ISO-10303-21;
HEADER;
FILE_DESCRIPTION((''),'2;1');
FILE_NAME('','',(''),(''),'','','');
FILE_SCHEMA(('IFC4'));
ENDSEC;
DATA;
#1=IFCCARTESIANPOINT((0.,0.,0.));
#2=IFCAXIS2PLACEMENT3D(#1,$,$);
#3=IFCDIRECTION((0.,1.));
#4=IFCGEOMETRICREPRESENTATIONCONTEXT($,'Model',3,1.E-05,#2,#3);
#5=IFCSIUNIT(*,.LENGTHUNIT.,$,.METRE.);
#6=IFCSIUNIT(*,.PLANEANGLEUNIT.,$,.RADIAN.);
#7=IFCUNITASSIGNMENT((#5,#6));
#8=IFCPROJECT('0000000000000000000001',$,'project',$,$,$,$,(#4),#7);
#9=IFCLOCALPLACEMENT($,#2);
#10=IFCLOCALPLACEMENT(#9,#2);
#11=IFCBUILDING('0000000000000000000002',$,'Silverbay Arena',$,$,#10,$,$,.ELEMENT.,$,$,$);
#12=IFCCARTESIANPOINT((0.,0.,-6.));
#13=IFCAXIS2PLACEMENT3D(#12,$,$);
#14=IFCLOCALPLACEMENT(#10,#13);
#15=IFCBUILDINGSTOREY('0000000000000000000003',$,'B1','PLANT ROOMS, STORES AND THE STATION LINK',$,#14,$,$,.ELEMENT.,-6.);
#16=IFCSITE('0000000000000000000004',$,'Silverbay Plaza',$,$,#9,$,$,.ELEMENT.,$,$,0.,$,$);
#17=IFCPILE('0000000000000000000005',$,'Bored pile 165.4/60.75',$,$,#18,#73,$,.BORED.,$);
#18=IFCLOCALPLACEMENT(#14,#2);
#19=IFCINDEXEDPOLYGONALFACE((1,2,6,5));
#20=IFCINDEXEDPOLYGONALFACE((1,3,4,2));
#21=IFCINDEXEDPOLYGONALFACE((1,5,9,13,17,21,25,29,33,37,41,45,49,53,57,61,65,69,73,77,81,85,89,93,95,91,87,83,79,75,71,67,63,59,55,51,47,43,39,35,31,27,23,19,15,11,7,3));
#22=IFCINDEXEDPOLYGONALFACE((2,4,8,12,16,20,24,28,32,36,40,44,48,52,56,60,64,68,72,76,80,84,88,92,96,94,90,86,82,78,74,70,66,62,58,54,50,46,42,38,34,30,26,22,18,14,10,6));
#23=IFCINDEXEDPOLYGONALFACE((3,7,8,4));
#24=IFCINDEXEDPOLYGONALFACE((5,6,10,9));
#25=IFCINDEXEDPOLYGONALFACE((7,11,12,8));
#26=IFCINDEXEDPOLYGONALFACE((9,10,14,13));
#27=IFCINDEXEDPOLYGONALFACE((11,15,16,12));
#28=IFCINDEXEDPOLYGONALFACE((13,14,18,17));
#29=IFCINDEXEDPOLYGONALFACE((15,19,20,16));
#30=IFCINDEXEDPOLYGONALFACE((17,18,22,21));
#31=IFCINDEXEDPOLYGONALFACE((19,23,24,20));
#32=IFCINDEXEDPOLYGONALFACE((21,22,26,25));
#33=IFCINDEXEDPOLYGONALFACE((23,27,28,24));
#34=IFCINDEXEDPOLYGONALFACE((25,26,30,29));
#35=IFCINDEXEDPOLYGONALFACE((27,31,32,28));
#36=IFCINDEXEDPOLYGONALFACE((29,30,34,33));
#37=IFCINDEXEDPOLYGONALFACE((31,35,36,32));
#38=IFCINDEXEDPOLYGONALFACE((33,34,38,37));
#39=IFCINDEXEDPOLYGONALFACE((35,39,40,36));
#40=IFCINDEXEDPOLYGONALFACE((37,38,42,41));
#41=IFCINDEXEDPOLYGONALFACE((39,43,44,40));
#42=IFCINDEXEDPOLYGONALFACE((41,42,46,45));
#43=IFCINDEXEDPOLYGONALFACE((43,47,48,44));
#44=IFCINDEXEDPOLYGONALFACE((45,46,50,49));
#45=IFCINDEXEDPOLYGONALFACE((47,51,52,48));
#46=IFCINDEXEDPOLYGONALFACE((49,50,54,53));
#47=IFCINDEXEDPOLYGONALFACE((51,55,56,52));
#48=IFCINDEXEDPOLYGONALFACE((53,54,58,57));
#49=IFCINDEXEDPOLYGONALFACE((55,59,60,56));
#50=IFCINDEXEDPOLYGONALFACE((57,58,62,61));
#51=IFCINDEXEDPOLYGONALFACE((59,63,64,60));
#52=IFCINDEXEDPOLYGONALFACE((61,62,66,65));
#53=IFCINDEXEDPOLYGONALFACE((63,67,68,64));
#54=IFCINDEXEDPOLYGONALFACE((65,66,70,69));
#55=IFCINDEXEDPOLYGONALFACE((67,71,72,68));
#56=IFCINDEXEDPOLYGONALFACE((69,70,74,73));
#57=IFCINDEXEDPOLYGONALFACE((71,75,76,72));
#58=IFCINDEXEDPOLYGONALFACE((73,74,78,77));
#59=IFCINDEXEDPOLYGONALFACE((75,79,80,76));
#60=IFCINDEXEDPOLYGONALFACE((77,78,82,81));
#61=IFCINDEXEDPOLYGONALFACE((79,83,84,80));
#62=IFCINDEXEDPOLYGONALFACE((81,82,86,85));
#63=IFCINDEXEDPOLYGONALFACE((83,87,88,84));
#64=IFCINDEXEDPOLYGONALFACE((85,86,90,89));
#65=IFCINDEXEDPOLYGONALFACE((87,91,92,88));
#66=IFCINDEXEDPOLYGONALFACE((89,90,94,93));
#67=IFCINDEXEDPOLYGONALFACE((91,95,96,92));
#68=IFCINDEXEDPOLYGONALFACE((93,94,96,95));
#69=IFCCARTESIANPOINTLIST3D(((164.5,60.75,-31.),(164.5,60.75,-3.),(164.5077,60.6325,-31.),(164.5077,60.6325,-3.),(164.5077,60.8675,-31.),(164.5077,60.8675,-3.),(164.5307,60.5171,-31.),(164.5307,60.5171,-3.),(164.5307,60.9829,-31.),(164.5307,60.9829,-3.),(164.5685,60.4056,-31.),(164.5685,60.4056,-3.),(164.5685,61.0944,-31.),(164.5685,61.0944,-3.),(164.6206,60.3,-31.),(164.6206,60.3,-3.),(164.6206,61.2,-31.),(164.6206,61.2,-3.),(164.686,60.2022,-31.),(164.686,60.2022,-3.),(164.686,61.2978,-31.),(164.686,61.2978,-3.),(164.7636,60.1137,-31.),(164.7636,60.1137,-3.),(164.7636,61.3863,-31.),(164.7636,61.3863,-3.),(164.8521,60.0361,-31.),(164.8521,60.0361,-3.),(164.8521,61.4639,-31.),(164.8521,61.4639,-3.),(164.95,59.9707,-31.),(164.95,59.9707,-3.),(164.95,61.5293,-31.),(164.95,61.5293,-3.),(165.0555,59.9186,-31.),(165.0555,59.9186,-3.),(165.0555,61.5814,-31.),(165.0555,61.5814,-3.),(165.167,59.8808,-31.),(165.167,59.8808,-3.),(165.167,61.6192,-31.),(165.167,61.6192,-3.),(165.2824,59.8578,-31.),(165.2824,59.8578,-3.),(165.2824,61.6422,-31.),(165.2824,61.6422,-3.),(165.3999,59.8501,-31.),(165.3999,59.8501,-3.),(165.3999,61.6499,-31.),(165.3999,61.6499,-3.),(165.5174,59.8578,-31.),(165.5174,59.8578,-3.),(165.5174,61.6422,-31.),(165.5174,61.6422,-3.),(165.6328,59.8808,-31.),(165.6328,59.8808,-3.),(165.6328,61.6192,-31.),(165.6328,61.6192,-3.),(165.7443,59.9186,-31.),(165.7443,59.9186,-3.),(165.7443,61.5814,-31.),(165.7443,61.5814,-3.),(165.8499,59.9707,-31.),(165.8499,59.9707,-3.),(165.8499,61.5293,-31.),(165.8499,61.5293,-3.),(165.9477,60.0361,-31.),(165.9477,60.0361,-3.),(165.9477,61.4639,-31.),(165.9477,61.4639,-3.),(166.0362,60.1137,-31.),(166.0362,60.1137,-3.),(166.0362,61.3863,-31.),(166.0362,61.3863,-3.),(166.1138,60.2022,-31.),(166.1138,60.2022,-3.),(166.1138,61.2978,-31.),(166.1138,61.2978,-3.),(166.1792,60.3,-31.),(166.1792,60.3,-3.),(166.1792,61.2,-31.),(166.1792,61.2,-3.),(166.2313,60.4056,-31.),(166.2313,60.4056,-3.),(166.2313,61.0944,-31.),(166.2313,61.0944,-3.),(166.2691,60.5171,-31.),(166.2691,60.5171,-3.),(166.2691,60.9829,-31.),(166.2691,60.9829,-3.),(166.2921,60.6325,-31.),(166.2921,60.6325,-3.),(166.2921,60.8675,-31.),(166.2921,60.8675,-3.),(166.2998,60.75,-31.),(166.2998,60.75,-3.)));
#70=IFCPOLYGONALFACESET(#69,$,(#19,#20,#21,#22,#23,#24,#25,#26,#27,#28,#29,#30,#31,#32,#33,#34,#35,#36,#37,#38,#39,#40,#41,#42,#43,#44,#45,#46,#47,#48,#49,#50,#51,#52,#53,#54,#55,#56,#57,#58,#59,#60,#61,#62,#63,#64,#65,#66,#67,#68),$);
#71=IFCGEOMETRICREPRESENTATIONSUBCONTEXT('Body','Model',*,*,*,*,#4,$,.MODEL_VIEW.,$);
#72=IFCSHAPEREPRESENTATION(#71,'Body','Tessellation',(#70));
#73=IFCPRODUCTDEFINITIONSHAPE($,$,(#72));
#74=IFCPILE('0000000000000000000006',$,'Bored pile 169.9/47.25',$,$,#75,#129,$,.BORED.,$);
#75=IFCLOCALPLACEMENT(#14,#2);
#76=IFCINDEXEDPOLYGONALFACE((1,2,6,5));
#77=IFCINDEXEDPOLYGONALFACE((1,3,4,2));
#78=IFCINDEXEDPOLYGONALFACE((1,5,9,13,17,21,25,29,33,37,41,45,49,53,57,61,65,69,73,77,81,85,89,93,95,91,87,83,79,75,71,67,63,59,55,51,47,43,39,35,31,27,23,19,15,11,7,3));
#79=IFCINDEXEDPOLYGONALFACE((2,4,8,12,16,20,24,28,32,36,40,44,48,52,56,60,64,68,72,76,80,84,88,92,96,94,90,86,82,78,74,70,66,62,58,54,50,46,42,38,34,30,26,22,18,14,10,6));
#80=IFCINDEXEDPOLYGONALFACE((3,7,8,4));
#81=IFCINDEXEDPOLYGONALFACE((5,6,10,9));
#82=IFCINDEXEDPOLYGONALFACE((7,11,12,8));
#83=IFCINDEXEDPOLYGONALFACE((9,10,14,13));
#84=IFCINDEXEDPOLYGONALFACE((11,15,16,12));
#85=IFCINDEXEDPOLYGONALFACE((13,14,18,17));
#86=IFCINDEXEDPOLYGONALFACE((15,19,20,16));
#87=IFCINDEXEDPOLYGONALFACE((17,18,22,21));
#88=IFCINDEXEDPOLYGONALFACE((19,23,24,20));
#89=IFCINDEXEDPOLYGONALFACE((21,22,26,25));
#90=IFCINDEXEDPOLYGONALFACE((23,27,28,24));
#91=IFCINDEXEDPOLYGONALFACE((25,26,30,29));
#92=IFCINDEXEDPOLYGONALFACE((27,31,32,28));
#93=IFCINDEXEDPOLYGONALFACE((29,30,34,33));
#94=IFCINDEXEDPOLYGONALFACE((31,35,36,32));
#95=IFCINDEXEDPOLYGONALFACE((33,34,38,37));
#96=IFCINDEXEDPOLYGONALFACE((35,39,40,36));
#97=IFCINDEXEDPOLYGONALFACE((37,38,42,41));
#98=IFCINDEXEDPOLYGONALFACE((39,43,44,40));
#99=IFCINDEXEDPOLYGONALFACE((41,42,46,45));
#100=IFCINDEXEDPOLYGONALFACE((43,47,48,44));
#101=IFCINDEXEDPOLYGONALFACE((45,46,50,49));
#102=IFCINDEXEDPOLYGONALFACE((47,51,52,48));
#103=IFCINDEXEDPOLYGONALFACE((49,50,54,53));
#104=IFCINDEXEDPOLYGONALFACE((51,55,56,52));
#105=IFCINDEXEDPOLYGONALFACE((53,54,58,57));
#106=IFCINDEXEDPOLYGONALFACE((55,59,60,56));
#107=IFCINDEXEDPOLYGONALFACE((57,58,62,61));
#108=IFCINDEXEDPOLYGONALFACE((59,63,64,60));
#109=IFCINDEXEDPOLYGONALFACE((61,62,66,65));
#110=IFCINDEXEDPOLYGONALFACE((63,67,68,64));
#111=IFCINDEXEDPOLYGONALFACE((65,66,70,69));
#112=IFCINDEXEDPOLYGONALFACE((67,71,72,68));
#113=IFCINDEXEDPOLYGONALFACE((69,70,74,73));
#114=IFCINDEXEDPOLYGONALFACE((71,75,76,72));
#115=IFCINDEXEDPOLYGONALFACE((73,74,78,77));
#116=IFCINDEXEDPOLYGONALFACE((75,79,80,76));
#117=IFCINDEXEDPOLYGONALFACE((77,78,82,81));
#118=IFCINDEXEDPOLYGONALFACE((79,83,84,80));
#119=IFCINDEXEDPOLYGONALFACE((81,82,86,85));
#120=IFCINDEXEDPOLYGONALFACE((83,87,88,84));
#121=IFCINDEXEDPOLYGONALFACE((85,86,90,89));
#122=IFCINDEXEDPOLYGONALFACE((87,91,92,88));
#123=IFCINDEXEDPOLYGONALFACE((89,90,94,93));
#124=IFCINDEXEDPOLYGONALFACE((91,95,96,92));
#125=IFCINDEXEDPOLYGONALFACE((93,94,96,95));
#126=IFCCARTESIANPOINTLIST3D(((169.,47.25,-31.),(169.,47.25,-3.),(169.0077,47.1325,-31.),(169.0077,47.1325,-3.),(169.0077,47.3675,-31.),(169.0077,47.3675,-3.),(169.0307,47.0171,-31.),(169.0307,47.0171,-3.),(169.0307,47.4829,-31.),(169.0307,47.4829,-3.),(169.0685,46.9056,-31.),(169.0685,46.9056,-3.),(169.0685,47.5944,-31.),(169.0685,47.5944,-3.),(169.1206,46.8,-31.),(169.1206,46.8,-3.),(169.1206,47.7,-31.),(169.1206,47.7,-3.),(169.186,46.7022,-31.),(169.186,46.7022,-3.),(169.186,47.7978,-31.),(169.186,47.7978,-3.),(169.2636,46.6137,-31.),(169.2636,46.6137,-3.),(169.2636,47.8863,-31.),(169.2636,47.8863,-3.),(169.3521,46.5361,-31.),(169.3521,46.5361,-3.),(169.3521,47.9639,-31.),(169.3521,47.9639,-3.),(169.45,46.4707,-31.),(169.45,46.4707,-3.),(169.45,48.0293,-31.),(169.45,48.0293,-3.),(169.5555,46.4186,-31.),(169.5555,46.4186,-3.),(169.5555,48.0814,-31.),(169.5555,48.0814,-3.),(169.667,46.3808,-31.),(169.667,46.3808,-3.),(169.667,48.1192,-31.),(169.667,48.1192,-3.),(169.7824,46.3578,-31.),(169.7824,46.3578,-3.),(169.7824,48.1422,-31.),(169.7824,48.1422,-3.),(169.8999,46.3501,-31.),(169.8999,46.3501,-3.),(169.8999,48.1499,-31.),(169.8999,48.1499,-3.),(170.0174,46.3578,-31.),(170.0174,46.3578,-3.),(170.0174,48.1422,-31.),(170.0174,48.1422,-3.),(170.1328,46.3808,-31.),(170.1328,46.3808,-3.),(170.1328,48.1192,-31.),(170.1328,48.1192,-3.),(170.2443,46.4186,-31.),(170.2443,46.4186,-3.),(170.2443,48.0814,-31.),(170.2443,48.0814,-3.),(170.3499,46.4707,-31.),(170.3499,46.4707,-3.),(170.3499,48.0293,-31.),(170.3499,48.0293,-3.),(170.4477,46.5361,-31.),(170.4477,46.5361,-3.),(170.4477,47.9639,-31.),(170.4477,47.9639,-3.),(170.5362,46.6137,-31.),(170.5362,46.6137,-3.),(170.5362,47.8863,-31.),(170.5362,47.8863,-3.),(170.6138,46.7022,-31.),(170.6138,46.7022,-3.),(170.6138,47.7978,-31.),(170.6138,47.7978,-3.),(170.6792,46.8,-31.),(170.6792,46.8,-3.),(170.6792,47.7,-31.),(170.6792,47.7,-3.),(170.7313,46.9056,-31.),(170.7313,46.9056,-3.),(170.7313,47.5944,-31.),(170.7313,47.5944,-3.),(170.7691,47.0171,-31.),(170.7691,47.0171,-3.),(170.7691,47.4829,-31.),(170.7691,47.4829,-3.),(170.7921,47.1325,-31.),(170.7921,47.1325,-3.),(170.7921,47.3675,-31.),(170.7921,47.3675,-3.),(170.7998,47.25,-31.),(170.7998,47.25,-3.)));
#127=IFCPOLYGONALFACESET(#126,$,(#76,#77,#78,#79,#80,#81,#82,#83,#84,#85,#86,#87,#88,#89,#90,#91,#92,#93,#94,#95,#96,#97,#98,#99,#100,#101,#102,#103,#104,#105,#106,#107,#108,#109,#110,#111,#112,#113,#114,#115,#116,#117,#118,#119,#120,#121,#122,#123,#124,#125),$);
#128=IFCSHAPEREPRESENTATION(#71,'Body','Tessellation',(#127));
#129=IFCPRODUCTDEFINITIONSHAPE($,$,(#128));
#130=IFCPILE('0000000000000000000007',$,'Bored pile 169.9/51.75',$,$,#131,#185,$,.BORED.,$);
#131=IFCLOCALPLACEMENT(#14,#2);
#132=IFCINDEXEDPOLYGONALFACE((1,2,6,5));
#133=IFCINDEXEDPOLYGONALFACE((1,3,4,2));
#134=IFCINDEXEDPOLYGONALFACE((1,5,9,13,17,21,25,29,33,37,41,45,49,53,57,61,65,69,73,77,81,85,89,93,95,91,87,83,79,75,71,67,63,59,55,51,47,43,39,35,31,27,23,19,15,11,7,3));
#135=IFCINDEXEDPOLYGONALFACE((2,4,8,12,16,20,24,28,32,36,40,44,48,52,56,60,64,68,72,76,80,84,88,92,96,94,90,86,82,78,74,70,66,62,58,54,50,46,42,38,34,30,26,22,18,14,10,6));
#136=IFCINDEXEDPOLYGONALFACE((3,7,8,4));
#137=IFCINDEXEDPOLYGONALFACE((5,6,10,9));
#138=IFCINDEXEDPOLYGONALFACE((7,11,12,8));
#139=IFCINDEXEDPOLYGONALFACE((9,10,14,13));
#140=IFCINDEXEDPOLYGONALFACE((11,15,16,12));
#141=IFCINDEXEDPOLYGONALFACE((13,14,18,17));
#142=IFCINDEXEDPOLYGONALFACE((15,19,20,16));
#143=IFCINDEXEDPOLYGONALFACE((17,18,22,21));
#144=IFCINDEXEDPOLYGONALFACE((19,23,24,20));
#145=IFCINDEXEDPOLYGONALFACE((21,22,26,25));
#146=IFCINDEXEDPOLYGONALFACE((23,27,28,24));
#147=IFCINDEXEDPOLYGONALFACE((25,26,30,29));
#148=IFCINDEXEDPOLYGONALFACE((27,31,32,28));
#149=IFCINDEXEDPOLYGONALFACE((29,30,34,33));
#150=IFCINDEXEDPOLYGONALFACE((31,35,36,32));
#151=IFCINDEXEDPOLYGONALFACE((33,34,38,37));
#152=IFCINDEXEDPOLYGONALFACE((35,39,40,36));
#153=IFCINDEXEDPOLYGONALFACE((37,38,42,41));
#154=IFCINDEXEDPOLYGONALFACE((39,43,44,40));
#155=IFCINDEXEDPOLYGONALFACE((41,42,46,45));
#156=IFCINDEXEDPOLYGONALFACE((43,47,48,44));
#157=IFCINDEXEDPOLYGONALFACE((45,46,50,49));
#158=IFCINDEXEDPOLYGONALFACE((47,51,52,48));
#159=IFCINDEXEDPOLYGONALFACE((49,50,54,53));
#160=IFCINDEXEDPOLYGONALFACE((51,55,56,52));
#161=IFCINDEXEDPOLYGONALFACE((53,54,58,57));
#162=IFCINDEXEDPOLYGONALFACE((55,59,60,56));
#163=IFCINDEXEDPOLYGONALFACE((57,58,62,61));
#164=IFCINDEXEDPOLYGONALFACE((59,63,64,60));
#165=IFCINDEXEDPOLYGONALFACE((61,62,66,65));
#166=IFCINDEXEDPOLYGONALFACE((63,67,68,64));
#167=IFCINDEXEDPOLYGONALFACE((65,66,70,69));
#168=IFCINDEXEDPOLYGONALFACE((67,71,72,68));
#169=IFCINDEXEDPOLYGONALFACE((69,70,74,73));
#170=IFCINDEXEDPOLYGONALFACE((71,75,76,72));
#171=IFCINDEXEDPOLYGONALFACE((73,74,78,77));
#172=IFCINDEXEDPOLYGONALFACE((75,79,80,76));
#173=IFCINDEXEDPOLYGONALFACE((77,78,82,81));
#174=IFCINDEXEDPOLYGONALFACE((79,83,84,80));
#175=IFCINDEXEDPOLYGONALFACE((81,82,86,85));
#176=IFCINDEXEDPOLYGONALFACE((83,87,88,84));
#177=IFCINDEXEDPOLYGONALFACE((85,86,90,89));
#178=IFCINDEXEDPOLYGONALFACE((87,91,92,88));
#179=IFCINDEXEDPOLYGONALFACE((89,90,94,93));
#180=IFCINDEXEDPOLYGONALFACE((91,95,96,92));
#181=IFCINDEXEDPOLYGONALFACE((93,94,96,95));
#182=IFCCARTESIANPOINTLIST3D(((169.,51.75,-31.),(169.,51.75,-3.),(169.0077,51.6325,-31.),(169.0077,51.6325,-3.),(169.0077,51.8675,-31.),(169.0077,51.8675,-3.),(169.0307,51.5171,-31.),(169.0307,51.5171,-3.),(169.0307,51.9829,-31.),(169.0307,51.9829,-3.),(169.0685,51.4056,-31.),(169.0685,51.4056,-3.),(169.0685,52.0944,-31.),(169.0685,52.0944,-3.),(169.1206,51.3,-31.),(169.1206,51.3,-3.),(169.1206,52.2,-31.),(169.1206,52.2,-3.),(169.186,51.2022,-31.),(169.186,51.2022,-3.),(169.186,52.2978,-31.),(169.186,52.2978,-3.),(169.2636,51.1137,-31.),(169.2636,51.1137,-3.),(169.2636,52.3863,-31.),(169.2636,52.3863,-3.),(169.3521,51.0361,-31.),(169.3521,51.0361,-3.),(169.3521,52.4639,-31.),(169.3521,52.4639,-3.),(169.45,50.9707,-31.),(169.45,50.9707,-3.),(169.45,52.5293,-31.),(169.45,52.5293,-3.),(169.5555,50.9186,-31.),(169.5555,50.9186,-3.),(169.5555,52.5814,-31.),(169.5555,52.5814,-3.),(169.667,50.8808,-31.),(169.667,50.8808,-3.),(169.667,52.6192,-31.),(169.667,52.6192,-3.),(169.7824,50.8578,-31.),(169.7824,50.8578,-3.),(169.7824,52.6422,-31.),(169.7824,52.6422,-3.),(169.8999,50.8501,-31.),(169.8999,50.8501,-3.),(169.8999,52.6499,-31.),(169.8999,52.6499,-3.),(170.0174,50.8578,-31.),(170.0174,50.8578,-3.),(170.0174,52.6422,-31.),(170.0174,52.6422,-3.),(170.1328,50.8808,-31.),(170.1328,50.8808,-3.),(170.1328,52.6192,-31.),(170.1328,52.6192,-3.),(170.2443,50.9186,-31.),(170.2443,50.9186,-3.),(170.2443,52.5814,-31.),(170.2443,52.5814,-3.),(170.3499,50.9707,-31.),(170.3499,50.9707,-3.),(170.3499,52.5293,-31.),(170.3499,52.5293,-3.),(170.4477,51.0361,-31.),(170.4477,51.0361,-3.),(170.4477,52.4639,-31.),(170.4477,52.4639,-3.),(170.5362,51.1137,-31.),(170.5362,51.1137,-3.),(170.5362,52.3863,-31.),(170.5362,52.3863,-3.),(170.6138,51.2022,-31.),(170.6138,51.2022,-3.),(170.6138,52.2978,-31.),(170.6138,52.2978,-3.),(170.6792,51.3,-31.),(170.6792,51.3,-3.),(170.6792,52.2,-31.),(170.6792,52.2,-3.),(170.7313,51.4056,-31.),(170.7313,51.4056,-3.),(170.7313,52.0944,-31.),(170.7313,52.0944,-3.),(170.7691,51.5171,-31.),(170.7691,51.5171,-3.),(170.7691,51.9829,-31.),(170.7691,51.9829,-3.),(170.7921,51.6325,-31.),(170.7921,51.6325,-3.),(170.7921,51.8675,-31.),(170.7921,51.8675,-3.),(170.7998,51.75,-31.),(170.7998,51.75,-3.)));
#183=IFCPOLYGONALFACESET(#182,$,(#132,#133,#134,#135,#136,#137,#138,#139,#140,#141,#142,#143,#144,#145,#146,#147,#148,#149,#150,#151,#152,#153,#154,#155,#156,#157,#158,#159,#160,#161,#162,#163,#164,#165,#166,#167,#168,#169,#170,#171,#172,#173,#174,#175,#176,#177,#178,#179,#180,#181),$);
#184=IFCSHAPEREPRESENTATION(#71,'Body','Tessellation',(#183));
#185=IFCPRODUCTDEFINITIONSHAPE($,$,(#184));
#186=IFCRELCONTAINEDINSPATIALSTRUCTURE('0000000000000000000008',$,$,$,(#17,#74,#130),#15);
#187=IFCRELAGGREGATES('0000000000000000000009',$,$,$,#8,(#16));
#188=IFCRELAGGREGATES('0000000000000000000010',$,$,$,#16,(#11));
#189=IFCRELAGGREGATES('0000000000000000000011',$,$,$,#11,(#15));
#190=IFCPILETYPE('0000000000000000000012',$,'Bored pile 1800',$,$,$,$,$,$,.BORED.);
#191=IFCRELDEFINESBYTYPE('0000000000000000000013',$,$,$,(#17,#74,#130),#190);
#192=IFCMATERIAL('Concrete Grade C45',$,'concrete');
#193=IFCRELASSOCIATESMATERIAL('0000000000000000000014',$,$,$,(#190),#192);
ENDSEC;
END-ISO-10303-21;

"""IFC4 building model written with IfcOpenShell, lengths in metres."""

from ifc_helpers import new_model, si_unit, direction, frame, origin, origin_2d, place, context, subcontext, project, spatial, circle, extrude, material, material_profile, profile_set, type_object, element, save


model = new_model("IFC4")

# Units and contexts
model_context = context("Model", 3, precision=1e-05, world=origin(), true_north=direction((0.0, 1.0)))
body_context = subcontext(model_context, "Body", "Model", "MODEL_VIEW")
ifc_project = project(units=[si_unit("LENGTHUNIT", "METRE"), si_unit("PLANEANGLEUNIT", "RADIAN")], contexts=[model_context])

# Site, building, storey
site_placement = place(None, origin())
site = spatial("IfcSite", under=ifc_project, at=site_placement, Name="Silverbay Plaza", CompositionType="ELEMENT", RefElevation=0.0)
building_placement = place(site_placement, origin())
building = spatial("IfcBuilding", under=site, at=building_placement, Name="Silverbay Arena", CompositionType="ELEMENT")
storey_placement = place(building_placement, frame((0.0, 0.0, -6.0)))
storey = spatial("IfcBuildingStorey", under=building, at=storey_placement, Name="B1", Description="PLANT ROOMS, STORES AND THE STATION LINK", CompositionType="ELEMENT", Elevation=-6.0)

# Piles
ifc_material_1 = material(Name="Concrete Grade C45", Category="concrete")
ifc_material_profile_1 = material_profile(ifc_material_1, circle(Radius=0.8999, at=origin_2d()), Name="Bored pile 1800")
ifc_profile_set_1 = profile_set([ifc_material_profile_1], Name="Concrete Grade C45")
pile_type_1 = type_object("IfcPileType", Name="Bored pile 1800", PredefinedType="BORED", material=ifc_profile_set_1)
for number, where, z_axis, x_axis, name in (
    (1, (165.3999, 60.75, -3.0), (0.0, 0.0, -1.0), (1.0, 0.0, 0.0), "Bored pile 165.4/60.75"),
    (2, (169.8999, 47.25, -3.0), (0.0, 0.0, -1.0), (1.0, 0.0, 0.0), "Bored pile 169.9/47.25"),
    (3, (169.8999, 51.75, -3.0), (0.0, 0.0, -1.0), (1.0, 0.0, 0.0), "Bored pile 169.9/51.75"),
):
    element("IfcPile", number, at=place(storey_placement, frame(where, z_axis=z_axis, x_axis=x_axis)), inside=storey, type_object=pile_type_1, Name=name, PredefinedType="BORED", context=body_context, shape_type="SweptSolid", body=[
        extrude(circle(Radius=0.8999, at=origin_2d()), origin(), (0.0, 0.0, 1.0), 28.0),
    ])

save(model, "model.ifc")
